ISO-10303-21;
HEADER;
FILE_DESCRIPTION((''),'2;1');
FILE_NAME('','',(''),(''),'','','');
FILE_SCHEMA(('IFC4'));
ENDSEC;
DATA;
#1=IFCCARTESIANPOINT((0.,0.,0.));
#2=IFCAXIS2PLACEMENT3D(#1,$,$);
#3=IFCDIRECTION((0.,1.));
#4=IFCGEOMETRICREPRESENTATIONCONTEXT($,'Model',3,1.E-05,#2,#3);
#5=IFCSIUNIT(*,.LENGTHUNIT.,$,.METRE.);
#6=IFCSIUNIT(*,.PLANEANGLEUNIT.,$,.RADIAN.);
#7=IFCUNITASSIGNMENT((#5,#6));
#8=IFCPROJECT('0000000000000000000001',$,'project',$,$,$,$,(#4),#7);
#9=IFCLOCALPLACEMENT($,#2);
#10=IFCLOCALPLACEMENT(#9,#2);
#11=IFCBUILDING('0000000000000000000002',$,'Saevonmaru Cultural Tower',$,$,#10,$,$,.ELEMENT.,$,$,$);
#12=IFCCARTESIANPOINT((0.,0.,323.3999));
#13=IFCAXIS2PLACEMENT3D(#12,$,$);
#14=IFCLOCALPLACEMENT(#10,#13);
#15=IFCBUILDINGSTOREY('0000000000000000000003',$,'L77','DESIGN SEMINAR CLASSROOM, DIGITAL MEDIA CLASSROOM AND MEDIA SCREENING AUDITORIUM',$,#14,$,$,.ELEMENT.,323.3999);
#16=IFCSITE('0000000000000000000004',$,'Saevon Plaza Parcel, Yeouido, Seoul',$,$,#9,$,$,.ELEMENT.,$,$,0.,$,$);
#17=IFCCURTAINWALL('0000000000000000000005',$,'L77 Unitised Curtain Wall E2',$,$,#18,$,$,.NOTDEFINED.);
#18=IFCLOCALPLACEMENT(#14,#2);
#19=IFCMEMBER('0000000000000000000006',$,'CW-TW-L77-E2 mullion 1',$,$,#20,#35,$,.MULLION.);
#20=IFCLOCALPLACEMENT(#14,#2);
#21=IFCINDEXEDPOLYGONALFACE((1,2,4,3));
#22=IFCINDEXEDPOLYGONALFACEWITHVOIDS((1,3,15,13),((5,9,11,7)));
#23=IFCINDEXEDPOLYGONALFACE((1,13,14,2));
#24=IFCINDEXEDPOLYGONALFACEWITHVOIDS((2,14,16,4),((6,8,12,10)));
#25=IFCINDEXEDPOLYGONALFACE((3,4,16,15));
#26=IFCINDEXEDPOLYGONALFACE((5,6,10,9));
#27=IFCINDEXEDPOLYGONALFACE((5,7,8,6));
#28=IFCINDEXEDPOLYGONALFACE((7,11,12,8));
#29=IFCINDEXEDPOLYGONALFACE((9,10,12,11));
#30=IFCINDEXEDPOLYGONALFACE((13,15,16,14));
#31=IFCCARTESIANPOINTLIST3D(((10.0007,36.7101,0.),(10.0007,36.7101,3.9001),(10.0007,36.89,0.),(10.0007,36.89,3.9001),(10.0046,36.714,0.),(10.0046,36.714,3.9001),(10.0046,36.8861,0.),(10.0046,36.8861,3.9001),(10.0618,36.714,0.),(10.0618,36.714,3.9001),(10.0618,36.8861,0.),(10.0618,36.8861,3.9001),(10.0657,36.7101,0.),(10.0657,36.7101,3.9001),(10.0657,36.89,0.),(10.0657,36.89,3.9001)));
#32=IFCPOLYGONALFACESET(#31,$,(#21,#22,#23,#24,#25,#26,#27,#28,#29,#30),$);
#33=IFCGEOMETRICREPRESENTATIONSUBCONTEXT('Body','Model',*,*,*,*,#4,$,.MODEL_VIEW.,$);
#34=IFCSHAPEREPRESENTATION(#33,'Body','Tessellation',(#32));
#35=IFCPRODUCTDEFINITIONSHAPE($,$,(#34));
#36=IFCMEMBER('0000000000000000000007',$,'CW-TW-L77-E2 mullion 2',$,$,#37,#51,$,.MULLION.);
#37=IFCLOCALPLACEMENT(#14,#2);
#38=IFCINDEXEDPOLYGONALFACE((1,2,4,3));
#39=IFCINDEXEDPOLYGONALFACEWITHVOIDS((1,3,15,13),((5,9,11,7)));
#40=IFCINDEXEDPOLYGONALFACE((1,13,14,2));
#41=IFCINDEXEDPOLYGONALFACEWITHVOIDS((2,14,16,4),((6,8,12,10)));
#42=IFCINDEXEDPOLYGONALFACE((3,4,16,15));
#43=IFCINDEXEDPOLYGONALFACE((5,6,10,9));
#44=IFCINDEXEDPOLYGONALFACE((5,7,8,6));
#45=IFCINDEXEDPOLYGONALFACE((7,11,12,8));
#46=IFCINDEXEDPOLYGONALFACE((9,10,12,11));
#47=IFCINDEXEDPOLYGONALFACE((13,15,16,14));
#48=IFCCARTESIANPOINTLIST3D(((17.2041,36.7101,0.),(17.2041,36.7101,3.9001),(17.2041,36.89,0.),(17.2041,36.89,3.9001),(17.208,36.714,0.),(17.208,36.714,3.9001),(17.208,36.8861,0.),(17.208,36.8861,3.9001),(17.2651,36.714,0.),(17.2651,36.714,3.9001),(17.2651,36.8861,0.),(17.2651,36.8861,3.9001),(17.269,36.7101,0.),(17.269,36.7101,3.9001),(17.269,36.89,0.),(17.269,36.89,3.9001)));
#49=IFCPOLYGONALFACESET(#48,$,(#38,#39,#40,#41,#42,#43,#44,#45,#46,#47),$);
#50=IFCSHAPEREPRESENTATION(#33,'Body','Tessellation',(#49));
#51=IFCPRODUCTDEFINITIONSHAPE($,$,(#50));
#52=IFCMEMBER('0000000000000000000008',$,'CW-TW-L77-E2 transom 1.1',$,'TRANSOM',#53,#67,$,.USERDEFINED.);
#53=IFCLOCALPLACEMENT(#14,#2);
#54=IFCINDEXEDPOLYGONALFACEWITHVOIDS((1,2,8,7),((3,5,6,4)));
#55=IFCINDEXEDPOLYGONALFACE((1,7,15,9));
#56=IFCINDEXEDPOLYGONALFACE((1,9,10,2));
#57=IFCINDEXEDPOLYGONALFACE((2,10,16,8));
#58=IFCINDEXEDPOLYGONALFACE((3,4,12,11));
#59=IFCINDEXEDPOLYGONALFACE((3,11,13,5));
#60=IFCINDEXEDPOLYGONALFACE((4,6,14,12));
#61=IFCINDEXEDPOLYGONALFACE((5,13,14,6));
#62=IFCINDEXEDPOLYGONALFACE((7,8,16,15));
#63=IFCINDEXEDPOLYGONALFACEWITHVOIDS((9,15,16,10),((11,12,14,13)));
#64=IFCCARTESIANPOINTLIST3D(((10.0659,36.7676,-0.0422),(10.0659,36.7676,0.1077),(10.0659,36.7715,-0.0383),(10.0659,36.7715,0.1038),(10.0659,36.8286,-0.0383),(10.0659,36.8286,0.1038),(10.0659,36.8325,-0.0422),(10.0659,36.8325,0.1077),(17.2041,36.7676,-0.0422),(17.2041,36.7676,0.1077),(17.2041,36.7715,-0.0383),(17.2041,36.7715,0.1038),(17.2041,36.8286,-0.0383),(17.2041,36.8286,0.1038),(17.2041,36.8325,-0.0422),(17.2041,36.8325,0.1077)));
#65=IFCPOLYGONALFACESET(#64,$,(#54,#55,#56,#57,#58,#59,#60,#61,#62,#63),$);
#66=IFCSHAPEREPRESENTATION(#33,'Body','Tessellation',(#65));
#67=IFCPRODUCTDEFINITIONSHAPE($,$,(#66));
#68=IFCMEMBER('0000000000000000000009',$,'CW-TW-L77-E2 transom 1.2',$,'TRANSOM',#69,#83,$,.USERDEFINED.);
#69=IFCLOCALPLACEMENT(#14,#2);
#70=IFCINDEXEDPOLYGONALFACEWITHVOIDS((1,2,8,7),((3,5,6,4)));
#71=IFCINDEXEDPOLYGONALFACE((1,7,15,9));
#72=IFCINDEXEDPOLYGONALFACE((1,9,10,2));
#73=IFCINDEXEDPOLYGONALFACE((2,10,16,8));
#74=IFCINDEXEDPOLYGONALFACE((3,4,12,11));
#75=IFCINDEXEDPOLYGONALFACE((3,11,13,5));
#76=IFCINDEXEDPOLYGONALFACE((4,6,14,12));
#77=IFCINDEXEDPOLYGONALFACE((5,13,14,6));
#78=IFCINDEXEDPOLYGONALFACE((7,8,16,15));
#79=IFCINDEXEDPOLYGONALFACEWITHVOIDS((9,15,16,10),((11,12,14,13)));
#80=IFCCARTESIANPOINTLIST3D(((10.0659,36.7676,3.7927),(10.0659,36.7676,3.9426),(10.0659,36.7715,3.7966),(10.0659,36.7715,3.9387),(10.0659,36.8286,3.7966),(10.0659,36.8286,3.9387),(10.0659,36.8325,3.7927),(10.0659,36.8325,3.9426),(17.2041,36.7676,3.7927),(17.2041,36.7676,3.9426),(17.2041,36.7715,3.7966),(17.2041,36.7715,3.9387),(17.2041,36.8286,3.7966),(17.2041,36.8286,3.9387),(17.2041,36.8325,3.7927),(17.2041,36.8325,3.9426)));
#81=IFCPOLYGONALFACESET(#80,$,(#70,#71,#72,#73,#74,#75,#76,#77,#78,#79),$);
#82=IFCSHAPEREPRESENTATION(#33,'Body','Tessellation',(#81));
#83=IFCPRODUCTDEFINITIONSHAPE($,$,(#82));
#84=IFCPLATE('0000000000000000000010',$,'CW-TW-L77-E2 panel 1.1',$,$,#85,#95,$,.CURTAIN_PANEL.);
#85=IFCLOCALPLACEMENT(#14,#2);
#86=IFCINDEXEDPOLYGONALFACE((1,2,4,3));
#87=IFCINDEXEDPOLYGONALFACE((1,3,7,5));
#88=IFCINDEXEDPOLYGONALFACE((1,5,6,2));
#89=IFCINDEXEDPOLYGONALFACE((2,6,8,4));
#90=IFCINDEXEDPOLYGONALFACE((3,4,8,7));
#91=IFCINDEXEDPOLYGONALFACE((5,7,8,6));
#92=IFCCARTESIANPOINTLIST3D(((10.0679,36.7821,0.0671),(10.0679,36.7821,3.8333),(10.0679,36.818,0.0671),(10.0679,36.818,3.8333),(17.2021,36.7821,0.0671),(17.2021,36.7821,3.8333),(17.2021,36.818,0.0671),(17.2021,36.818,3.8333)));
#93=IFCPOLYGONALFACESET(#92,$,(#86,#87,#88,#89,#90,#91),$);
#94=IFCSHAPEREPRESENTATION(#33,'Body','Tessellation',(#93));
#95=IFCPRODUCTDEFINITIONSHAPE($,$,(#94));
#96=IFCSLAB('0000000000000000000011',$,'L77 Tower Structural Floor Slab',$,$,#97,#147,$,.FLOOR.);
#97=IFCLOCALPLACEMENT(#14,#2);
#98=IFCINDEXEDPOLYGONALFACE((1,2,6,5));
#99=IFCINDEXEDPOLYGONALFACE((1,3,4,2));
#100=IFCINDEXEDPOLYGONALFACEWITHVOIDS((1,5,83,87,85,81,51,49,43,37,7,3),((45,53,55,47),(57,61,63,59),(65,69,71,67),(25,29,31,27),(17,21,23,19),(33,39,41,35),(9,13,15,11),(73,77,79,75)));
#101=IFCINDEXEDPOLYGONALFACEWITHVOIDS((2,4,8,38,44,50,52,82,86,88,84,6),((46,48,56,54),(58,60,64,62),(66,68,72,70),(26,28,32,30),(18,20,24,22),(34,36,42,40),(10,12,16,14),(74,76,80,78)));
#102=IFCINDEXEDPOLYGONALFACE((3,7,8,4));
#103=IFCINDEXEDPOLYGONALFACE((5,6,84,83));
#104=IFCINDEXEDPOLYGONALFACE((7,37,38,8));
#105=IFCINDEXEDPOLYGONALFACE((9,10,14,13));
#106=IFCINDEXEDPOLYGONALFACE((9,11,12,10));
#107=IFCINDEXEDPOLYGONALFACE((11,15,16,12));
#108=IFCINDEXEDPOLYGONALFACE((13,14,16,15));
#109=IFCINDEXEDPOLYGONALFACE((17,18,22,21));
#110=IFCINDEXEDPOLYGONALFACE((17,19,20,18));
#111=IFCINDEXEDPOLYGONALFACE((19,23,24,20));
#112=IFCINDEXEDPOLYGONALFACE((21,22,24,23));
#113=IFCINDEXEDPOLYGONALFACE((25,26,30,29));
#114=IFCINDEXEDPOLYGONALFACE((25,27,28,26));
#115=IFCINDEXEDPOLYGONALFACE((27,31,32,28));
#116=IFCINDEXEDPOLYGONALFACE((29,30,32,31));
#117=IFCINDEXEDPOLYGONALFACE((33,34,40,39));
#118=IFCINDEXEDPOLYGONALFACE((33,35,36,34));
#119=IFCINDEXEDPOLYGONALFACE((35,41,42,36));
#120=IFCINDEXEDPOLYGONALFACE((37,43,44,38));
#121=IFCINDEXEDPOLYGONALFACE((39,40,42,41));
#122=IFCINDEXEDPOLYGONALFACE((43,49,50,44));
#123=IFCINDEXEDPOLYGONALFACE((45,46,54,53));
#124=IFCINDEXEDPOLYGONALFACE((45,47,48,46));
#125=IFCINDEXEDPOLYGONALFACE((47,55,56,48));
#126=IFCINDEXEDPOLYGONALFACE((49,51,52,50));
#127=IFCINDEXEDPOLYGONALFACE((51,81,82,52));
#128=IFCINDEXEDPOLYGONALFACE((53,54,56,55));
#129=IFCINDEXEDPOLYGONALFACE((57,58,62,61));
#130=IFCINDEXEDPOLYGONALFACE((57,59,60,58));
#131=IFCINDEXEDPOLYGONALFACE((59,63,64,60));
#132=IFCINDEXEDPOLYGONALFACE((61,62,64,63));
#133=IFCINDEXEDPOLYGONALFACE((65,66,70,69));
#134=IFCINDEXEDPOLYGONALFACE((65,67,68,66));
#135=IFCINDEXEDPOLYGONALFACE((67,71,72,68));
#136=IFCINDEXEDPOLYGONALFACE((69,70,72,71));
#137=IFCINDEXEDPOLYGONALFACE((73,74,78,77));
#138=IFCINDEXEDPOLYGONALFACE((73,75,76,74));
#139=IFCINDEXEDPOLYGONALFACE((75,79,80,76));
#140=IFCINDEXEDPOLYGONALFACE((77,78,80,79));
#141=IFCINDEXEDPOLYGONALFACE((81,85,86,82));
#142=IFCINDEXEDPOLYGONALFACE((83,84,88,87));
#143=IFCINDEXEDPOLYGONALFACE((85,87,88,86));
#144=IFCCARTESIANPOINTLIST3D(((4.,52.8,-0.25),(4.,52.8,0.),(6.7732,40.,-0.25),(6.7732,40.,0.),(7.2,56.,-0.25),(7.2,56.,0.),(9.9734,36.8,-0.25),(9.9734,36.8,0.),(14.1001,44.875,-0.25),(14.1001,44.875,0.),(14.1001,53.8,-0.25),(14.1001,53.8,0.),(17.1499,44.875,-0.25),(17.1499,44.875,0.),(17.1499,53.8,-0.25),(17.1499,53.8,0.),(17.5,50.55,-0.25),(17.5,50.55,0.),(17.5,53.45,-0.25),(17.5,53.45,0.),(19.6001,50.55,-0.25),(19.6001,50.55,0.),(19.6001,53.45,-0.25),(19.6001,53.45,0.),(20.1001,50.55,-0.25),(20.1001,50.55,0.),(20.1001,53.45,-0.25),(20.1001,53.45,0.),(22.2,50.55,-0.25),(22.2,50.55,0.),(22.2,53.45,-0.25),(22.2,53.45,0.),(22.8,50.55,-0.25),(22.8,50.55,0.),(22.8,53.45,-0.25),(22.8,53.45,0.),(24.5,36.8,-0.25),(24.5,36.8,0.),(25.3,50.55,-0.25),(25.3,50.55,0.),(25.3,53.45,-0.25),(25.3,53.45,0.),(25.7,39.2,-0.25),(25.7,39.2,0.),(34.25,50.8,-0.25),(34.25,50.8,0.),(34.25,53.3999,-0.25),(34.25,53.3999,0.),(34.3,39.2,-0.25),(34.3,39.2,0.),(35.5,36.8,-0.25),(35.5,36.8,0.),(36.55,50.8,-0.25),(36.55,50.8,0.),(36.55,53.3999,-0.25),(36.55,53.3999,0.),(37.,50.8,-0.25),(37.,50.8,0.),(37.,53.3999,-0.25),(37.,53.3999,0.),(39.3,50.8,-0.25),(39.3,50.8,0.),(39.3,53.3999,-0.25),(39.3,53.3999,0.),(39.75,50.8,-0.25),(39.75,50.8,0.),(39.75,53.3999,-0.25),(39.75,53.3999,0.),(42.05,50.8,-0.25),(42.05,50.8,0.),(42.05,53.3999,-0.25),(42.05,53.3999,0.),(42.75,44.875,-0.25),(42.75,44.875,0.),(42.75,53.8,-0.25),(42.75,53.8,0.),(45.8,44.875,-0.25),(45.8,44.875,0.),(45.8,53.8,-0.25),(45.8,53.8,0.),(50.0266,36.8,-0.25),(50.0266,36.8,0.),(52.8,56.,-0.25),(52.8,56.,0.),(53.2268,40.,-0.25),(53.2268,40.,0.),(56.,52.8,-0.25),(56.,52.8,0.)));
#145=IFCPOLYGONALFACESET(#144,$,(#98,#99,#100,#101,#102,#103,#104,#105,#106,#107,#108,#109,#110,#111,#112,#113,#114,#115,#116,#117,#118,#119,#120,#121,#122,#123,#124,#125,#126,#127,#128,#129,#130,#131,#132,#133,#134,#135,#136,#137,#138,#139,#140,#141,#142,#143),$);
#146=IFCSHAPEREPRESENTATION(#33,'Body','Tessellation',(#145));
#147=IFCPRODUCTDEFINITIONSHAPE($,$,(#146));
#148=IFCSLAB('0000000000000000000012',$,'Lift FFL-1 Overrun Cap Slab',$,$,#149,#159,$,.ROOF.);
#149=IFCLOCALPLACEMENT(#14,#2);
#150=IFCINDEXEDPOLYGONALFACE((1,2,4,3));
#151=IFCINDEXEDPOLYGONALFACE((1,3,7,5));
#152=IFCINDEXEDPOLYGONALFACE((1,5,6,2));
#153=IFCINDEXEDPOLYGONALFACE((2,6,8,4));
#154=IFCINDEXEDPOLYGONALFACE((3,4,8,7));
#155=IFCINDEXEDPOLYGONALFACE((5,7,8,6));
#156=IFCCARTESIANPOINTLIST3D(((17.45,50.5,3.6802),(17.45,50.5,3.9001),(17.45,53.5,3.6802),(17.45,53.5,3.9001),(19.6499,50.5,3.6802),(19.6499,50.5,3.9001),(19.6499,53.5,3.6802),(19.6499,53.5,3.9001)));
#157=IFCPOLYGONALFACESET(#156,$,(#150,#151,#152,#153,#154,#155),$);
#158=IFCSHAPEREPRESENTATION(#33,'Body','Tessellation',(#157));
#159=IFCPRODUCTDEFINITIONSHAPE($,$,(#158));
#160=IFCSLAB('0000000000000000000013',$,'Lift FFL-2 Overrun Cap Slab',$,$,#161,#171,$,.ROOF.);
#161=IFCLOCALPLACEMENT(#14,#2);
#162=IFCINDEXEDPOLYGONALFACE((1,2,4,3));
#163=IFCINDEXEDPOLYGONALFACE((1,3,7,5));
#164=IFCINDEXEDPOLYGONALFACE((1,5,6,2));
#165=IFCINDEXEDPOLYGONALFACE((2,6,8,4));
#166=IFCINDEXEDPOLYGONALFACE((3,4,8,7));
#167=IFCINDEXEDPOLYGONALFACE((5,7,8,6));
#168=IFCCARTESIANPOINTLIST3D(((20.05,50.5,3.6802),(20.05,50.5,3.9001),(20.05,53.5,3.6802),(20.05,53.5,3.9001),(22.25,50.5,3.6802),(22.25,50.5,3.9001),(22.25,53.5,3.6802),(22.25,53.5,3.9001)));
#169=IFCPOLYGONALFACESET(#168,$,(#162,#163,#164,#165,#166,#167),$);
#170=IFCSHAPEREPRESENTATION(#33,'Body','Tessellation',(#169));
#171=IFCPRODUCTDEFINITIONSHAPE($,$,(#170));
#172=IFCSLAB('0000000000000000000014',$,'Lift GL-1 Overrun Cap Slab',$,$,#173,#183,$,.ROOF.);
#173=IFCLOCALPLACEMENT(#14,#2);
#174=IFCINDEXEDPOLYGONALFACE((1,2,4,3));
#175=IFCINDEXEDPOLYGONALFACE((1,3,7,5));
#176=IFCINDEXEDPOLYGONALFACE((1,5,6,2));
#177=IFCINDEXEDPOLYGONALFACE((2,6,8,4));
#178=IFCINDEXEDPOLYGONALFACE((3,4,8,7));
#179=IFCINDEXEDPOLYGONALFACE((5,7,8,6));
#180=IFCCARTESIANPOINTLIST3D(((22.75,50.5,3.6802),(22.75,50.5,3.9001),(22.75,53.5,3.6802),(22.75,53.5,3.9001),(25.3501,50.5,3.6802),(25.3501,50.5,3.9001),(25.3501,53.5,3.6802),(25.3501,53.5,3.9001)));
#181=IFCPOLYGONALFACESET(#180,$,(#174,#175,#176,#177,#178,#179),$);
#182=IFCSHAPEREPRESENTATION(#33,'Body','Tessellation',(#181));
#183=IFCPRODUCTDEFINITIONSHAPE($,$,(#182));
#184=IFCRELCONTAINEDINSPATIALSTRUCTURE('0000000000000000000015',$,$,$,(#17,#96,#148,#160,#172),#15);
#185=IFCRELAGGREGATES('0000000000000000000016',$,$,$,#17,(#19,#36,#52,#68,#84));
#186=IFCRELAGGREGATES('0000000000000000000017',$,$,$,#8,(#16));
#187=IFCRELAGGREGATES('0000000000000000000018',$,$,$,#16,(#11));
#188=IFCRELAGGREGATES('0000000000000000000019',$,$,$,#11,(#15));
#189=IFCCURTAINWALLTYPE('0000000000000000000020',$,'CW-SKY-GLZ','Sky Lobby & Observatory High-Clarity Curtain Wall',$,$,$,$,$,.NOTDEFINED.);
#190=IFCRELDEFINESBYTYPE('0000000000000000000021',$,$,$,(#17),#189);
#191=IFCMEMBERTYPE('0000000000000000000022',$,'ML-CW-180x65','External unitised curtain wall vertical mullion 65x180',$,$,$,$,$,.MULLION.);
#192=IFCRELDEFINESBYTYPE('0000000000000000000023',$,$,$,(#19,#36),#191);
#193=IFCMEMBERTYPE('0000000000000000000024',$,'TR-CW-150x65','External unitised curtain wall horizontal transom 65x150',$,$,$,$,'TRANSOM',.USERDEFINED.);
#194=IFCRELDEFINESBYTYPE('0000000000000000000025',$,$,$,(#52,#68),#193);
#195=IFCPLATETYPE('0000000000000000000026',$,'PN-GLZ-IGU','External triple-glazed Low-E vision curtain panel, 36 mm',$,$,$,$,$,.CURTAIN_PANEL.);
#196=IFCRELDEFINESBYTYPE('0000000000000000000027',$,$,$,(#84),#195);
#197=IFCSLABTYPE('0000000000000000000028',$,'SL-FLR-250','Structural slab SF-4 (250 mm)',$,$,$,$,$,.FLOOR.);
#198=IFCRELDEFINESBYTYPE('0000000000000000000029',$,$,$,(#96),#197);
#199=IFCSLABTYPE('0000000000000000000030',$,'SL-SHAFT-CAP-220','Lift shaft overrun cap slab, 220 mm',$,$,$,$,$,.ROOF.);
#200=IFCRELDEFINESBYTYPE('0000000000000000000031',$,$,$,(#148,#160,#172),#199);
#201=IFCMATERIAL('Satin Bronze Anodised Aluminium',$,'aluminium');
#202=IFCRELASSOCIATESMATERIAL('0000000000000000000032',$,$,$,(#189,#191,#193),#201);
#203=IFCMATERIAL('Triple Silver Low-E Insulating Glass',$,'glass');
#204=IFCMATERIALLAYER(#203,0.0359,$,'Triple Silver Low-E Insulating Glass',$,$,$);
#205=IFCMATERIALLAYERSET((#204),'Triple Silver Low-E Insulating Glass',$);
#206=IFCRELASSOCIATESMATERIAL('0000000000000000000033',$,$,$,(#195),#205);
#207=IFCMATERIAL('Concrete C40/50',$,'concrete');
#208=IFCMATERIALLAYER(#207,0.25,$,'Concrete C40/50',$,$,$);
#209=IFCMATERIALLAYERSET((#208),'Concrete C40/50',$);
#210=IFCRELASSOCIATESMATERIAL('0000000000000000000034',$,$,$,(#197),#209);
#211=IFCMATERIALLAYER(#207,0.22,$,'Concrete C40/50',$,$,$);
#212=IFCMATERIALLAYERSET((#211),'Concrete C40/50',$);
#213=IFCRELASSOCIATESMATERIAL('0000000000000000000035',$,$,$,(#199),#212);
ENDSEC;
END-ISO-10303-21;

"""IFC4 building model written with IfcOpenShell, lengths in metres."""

from ifc_helpers import new_model, si_unit, direction, frame, origin, origin_2d, place, context, subcontext, project, spatial, polyline, rectangle, hollow_rectangle, outline, extrude, material, layer, layer_set, material_profile, profile_set, type_object, element, aggregate, save


model = new_model("IFC4")

# Units and contexts
model_context = context("Model", 3, precision=1e-05, world=origin(), true_north=direction((0.0, 1.0)))
body_context = subcontext(model_context, "Body", "Model", "MODEL_VIEW")
ifc_project = project(units=[si_unit("LENGTHUNIT", "METRE"), si_unit("PLANEANGLEUNIT", "RADIAN")], contexts=[model_context])

# Site, building, storey
site_placement = place(None, origin())
site = spatial("IfcSite", under=ifc_project, at=site_placement, Name="Saevon Plaza Parcel, Yeouido, Seoul", CompositionType="ELEMENT", RefElevation=0.0)
building_placement = place(site_placement, origin())
building = spatial("IfcBuilding", under=site, at=building_placement, Name="Saevonmaru Cultural Tower", CompositionType="ELEMENT")
storey_placement = place(building_placement, frame((0.0, 0.0, 323.3999)))
storey = spatial("IfcBuildingStorey", under=building, at=storey_placement, Name="L77", Description="DESIGN SEMINAR CLASSROOM, DIGITAL MEDIA CLASSROOM AND MEDIA SCREENING AUDITORIUM", CompositionType="ELEMENT", Elevation=323.3999)

# Curtain wall, members, plate
ifc_material_1 = material(Name="Satin Bronze Anodised Aluminium", Category="aluminium")
curtain_wall_type = type_object("IfcCurtainWallType", Name="CW-SKY-GLZ", Description="Sky Lobby & Observatory High-Clarity Curtain Wall", PredefinedType="NOTDEFINED", material=ifc_material_1)
curtain_wall_placement = place(storey_placement, origin())
curtain_wall = element("IfcCurtainWall", 1, at=curtain_wall_placement, inside=storey, type_object=curtain_wall_type, Name="L77 Unitised Curtain Wall E2", PredefinedType="NOTDEFINED")
ifc_material_profile_1 = material_profile(ifc_material_1, hollow_rectangle(XDim=0.0649, YDim=0.1799, WallThickness=0.0039, at=origin_2d()), Name="ALU-MULL-180x65x4")
ifc_profile_set_1 = profile_set([ifc_material_profile_1], Name="Satin Bronze Anodised Aluminium")
member_type_1 = type_object("IfcMemberType", Name="ML-CW-180x65", Description="External unitised curtain wall vertical mullion 65x180", PredefinedType="MULLION", material=ifc_profile_set_1)
member_1_placement = place(storey_placement, frame((10.0332, 36.8, 0.0), z_axis=(0.0, 0.0, 1.0), x_axis=(1.0, 0.0, 0.0)))
member_1 = element("IfcMember", 2, at=member_1_placement, type_object=member_type_1, Name="CW-TW-L77-E2 mullion 1", PredefinedType="MULLION", context=body_context, shape_type="SweptSolid", body=[
    extrude(hollow_rectangle(XDim=0.0649, YDim=0.1799, WallThickness=0.0039, at=origin_2d()), origin(), (0.0, 0.0, 1.0), 3.9001),
])
member_2_placement = place(storey_placement, frame((17.2366, 36.8, 0.0), z_axis=(0.0, 0.0, 1.0), x_axis=(1.0, 0.0, 0.0)))
member_2 = element("IfcMember", 3, at=member_2_placement, type_object=member_type_1, Name="CW-TW-L77-E2 mullion 2", PredefinedType="MULLION", context=body_context, shape_type="SweptSolid", body=[
    extrude(hollow_rectangle(XDim=0.0649, YDim=0.1799, WallThickness=0.0039, at=origin_2d()), origin(), (0.0, 0.0, 1.0), 3.9001),
])
ifc_material_profile_2 = material_profile(ifc_material_1, hollow_rectangle(XDim=0.0649, YDim=0.1499, WallThickness=0.0039, at=origin_2d()), Name="ALU-TRAN-150x65x4")
ifc_profile_set_2 = profile_set([ifc_material_profile_2], Name="Satin Bronze Anodised Aluminium")
member_type_2 = type_object("IfcMemberType", Name="TR-CW-150x65", Description="External unitised curtain wall horizontal transom 65x150", ElementType="TRANSOM", PredefinedType="USERDEFINED", material=ifc_profile_set_2)
member_3_placement = place(storey_placement, frame((10.0659, 36.8, 0.0327), z_axis=(1.0, 0.0, 0.0), x_axis=(0.0, 1.0, 0.0)))
member_3 = element("IfcMember", 4, at=member_3_placement, type_object=member_type_2, Name="CW-TW-L77-E2 transom 1.1", ObjectType="TRANSOM", PredefinedType="USERDEFINED", context=body_context, shape_type="SweptSolid", body=[
    extrude(hollow_rectangle(XDim=0.0649, YDim=0.1499, WallThickness=0.0039, at=origin_2d()), origin(), (0.0, 0.0, 1.0), 7.1382),
])
member_4_placement = place(storey_placement, frame((10.0659, 36.8, 3.8677), z_axis=(1.0, 0.0, 0.0), x_axis=(0.0, 1.0, 0.0)))
member_4 = element("IfcMember", 5, at=member_4_placement, type_object=member_type_2, Name="CW-TW-L77-E2 transom 1.2", ObjectType="TRANSOM", PredefinedType="USERDEFINED", context=body_context, shape_type="SweptSolid", body=[
    extrude(hollow_rectangle(XDim=0.0649, YDim=0.1499, WallThickness=0.0039, at=origin_2d()), origin(), (0.0, 0.0, 1.0), 7.1382),
])
ifc_material_2 = material(Name="Triple Silver Low-E Insulating Glass", Category="glass")
ifc_layer_1 = layer(ifc_material_2, 0.0359, Name="Triple Silver Low-E Insulating Glass")
ifc_layer_set_1 = layer_set([ifc_layer_1], Name="Triple Silver Low-E Insulating Glass")
plate_type = type_object("IfcPlateType", Name="PN-GLZ-IGU", Description="External triple-glazed Low-E vision curtain panel, 36 mm", PredefinedType="CURTAIN_PANEL", material=ifc_layer_set_1)
plate_placement = place(storey_placement, frame((13.635, 36.8, 0.0671), z_axis=(0.0, 0.0, 1.0), x_axis=(1.0, 0.0, 0.0)))
plate = element("IfcPlate", 6, at=plate_placement, type_object=plate_type, Name="CW-TW-L77-E2 panel 1.1", PredefinedType="CURTAIN_PANEL", context=body_context, shape_type="SweptSolid", body=[
    extrude(rectangle(XDim=7.1343, YDim=0.0359, at=origin_2d()), origin(), (0.0, 0.0, 1.0), 3.7661),
])
aggregate(curtain_wall, [member_1, member_2, member_3, member_4, plate])

# Slabs
ifc_material_3 = material(Name="Concrete C40/50", Category="concrete")
ifc_layer_2 = layer(ifc_material_3, 0.25, Name="Concrete C40/50")
ifc_layer_set_2 = layer_set([ifc_layer_2], Name="Concrete C40/50")
slab_type_1 = type_object("IfcSlabType", Name="SL-FLR-250", Description="Structural slab SF-4 (250 mm)", PredefinedType="FLOOR", material=ifc_layer_set_2)
slab_1_placement = place(storey_placement, frame((0.0, 0.0, -0.25)))
element("IfcSlab", 7, at=slab_1_placement, inside=storey, type_object=slab_type_1, Name="L77 Tower Structural Floor Slab", PredefinedType="FLOOR", context=body_context, shape_type="SweptSolid", body=[
    extrude(outline(polyline([(6.7732, 40.0), (9.9734, 36.8), (24.5, 36.8), (25.7, 39.2), (34.3, 39.2), (35.5, 36.8), (50.0266, 36.8), (53.2268, 40.0), (56.0, 52.8), (52.8, 56.0), (7.2, 56.0), (4.0, 52.8), (6.7732, 40.0)]), holes=[polyline([(45.8, 53.8), (45.8, 44.875), (42.75, 44.875), (42.75, 53.8), (45.8, 53.8)]), polyline([(42.05, 50.8), (39.75, 50.8), (39.75, 53.3999), (42.05, 53.3999), (42.05, 50.8)]), polyline([(39.3, 50.8), (37.0, 50.8), (37.0, 53.3999), (39.3, 53.3999), (39.3, 50.8)]), polyline([(36.55, 50.8), (34.25, 50.8), (34.25, 53.3999), (36.55, 53.3999), (36.55, 50.8)]), polyline([(25.3, 50.55), (22.8, 50.55), (22.8, 53.45), (25.3, 53.45), (25.3, 50.55)]), polyline([(22.2, 50.55), (20.1001, 50.55), (20.1001, 53.45), (22.2, 53.45), (22.2, 50.55)]), polyline([(19.6001, 50.55), (17.5, 50.55), (17.5, 53.45), (19.6001, 53.45), (19.6001, 50.55)]), polyline([(17.1499, 53.8), (17.1499, 44.875), (14.1001, 44.875), (14.1001, 53.8), (17.1499, 53.8)])]), origin(), (0.0, 0.0, 1.0), 0.25),
])
ifc_layer_3 = layer(ifc_material_3, 0.22, Name="Concrete C40/50")
ifc_layer_set_3 = layer_set([ifc_layer_3], Name="Concrete C40/50")
slab_type_2 = type_object("IfcSlabType", Name="SL-SHAFT-CAP-220", Description="Lift shaft overrun cap slab, 220 mm", PredefinedType="ROOF", material=ifc_layer_set_3)
slab_2_placement = place(storey_placement, frame((0.0, 0.0, 3.6802)))
element("IfcSlab", 8, at=slab_2_placement, inside=storey, type_object=slab_type_2, Name="Lift FFL-1 Overrun Cap Slab", PredefinedType="ROOF", context=body_context, shape_type="SweptSolid", body=[
    extrude(outline(polyline([(17.45, 50.5), (19.6499, 50.5), (19.6499, 53.5), (17.45, 53.5), (17.45, 50.5)])), origin(), (0.0, 0.0, 1.0), 0.22),
])
slab_3_placement = place(storey_placement, frame((0.0, 0.0, 3.6802)))
element("IfcSlab", 9, at=slab_3_placement, inside=storey, type_object=slab_type_2, Name="Lift FFL-2 Overrun Cap Slab", PredefinedType="ROOF", context=body_context, shape_type="SweptSolid", body=[
    extrude(outline(polyline([(20.05, 50.5), (22.25, 50.5), (22.25, 53.5), (20.05, 53.5), (20.05, 50.5)])), origin(), (0.0, 0.0, 1.0), 0.22),
])
slab_4_placement = place(storey_placement, frame((0.0, 0.0, 3.6802)))
element("IfcSlab", 10, at=slab_4_placement, inside=storey, type_object=slab_type_2, Name="Lift GL-1 Overrun Cap Slab", PredefinedType="ROOF", context=body_context, shape_type="SweptSolid", body=[
    extrude(outline(polyline([(22.75, 50.5), (25.3501, 50.5), (25.3501, 53.5), (22.75, 53.5), (22.75, 50.5)])), origin(), (0.0, 0.0, 1.0), 0.22),
])

save(model, "model.ifc")
